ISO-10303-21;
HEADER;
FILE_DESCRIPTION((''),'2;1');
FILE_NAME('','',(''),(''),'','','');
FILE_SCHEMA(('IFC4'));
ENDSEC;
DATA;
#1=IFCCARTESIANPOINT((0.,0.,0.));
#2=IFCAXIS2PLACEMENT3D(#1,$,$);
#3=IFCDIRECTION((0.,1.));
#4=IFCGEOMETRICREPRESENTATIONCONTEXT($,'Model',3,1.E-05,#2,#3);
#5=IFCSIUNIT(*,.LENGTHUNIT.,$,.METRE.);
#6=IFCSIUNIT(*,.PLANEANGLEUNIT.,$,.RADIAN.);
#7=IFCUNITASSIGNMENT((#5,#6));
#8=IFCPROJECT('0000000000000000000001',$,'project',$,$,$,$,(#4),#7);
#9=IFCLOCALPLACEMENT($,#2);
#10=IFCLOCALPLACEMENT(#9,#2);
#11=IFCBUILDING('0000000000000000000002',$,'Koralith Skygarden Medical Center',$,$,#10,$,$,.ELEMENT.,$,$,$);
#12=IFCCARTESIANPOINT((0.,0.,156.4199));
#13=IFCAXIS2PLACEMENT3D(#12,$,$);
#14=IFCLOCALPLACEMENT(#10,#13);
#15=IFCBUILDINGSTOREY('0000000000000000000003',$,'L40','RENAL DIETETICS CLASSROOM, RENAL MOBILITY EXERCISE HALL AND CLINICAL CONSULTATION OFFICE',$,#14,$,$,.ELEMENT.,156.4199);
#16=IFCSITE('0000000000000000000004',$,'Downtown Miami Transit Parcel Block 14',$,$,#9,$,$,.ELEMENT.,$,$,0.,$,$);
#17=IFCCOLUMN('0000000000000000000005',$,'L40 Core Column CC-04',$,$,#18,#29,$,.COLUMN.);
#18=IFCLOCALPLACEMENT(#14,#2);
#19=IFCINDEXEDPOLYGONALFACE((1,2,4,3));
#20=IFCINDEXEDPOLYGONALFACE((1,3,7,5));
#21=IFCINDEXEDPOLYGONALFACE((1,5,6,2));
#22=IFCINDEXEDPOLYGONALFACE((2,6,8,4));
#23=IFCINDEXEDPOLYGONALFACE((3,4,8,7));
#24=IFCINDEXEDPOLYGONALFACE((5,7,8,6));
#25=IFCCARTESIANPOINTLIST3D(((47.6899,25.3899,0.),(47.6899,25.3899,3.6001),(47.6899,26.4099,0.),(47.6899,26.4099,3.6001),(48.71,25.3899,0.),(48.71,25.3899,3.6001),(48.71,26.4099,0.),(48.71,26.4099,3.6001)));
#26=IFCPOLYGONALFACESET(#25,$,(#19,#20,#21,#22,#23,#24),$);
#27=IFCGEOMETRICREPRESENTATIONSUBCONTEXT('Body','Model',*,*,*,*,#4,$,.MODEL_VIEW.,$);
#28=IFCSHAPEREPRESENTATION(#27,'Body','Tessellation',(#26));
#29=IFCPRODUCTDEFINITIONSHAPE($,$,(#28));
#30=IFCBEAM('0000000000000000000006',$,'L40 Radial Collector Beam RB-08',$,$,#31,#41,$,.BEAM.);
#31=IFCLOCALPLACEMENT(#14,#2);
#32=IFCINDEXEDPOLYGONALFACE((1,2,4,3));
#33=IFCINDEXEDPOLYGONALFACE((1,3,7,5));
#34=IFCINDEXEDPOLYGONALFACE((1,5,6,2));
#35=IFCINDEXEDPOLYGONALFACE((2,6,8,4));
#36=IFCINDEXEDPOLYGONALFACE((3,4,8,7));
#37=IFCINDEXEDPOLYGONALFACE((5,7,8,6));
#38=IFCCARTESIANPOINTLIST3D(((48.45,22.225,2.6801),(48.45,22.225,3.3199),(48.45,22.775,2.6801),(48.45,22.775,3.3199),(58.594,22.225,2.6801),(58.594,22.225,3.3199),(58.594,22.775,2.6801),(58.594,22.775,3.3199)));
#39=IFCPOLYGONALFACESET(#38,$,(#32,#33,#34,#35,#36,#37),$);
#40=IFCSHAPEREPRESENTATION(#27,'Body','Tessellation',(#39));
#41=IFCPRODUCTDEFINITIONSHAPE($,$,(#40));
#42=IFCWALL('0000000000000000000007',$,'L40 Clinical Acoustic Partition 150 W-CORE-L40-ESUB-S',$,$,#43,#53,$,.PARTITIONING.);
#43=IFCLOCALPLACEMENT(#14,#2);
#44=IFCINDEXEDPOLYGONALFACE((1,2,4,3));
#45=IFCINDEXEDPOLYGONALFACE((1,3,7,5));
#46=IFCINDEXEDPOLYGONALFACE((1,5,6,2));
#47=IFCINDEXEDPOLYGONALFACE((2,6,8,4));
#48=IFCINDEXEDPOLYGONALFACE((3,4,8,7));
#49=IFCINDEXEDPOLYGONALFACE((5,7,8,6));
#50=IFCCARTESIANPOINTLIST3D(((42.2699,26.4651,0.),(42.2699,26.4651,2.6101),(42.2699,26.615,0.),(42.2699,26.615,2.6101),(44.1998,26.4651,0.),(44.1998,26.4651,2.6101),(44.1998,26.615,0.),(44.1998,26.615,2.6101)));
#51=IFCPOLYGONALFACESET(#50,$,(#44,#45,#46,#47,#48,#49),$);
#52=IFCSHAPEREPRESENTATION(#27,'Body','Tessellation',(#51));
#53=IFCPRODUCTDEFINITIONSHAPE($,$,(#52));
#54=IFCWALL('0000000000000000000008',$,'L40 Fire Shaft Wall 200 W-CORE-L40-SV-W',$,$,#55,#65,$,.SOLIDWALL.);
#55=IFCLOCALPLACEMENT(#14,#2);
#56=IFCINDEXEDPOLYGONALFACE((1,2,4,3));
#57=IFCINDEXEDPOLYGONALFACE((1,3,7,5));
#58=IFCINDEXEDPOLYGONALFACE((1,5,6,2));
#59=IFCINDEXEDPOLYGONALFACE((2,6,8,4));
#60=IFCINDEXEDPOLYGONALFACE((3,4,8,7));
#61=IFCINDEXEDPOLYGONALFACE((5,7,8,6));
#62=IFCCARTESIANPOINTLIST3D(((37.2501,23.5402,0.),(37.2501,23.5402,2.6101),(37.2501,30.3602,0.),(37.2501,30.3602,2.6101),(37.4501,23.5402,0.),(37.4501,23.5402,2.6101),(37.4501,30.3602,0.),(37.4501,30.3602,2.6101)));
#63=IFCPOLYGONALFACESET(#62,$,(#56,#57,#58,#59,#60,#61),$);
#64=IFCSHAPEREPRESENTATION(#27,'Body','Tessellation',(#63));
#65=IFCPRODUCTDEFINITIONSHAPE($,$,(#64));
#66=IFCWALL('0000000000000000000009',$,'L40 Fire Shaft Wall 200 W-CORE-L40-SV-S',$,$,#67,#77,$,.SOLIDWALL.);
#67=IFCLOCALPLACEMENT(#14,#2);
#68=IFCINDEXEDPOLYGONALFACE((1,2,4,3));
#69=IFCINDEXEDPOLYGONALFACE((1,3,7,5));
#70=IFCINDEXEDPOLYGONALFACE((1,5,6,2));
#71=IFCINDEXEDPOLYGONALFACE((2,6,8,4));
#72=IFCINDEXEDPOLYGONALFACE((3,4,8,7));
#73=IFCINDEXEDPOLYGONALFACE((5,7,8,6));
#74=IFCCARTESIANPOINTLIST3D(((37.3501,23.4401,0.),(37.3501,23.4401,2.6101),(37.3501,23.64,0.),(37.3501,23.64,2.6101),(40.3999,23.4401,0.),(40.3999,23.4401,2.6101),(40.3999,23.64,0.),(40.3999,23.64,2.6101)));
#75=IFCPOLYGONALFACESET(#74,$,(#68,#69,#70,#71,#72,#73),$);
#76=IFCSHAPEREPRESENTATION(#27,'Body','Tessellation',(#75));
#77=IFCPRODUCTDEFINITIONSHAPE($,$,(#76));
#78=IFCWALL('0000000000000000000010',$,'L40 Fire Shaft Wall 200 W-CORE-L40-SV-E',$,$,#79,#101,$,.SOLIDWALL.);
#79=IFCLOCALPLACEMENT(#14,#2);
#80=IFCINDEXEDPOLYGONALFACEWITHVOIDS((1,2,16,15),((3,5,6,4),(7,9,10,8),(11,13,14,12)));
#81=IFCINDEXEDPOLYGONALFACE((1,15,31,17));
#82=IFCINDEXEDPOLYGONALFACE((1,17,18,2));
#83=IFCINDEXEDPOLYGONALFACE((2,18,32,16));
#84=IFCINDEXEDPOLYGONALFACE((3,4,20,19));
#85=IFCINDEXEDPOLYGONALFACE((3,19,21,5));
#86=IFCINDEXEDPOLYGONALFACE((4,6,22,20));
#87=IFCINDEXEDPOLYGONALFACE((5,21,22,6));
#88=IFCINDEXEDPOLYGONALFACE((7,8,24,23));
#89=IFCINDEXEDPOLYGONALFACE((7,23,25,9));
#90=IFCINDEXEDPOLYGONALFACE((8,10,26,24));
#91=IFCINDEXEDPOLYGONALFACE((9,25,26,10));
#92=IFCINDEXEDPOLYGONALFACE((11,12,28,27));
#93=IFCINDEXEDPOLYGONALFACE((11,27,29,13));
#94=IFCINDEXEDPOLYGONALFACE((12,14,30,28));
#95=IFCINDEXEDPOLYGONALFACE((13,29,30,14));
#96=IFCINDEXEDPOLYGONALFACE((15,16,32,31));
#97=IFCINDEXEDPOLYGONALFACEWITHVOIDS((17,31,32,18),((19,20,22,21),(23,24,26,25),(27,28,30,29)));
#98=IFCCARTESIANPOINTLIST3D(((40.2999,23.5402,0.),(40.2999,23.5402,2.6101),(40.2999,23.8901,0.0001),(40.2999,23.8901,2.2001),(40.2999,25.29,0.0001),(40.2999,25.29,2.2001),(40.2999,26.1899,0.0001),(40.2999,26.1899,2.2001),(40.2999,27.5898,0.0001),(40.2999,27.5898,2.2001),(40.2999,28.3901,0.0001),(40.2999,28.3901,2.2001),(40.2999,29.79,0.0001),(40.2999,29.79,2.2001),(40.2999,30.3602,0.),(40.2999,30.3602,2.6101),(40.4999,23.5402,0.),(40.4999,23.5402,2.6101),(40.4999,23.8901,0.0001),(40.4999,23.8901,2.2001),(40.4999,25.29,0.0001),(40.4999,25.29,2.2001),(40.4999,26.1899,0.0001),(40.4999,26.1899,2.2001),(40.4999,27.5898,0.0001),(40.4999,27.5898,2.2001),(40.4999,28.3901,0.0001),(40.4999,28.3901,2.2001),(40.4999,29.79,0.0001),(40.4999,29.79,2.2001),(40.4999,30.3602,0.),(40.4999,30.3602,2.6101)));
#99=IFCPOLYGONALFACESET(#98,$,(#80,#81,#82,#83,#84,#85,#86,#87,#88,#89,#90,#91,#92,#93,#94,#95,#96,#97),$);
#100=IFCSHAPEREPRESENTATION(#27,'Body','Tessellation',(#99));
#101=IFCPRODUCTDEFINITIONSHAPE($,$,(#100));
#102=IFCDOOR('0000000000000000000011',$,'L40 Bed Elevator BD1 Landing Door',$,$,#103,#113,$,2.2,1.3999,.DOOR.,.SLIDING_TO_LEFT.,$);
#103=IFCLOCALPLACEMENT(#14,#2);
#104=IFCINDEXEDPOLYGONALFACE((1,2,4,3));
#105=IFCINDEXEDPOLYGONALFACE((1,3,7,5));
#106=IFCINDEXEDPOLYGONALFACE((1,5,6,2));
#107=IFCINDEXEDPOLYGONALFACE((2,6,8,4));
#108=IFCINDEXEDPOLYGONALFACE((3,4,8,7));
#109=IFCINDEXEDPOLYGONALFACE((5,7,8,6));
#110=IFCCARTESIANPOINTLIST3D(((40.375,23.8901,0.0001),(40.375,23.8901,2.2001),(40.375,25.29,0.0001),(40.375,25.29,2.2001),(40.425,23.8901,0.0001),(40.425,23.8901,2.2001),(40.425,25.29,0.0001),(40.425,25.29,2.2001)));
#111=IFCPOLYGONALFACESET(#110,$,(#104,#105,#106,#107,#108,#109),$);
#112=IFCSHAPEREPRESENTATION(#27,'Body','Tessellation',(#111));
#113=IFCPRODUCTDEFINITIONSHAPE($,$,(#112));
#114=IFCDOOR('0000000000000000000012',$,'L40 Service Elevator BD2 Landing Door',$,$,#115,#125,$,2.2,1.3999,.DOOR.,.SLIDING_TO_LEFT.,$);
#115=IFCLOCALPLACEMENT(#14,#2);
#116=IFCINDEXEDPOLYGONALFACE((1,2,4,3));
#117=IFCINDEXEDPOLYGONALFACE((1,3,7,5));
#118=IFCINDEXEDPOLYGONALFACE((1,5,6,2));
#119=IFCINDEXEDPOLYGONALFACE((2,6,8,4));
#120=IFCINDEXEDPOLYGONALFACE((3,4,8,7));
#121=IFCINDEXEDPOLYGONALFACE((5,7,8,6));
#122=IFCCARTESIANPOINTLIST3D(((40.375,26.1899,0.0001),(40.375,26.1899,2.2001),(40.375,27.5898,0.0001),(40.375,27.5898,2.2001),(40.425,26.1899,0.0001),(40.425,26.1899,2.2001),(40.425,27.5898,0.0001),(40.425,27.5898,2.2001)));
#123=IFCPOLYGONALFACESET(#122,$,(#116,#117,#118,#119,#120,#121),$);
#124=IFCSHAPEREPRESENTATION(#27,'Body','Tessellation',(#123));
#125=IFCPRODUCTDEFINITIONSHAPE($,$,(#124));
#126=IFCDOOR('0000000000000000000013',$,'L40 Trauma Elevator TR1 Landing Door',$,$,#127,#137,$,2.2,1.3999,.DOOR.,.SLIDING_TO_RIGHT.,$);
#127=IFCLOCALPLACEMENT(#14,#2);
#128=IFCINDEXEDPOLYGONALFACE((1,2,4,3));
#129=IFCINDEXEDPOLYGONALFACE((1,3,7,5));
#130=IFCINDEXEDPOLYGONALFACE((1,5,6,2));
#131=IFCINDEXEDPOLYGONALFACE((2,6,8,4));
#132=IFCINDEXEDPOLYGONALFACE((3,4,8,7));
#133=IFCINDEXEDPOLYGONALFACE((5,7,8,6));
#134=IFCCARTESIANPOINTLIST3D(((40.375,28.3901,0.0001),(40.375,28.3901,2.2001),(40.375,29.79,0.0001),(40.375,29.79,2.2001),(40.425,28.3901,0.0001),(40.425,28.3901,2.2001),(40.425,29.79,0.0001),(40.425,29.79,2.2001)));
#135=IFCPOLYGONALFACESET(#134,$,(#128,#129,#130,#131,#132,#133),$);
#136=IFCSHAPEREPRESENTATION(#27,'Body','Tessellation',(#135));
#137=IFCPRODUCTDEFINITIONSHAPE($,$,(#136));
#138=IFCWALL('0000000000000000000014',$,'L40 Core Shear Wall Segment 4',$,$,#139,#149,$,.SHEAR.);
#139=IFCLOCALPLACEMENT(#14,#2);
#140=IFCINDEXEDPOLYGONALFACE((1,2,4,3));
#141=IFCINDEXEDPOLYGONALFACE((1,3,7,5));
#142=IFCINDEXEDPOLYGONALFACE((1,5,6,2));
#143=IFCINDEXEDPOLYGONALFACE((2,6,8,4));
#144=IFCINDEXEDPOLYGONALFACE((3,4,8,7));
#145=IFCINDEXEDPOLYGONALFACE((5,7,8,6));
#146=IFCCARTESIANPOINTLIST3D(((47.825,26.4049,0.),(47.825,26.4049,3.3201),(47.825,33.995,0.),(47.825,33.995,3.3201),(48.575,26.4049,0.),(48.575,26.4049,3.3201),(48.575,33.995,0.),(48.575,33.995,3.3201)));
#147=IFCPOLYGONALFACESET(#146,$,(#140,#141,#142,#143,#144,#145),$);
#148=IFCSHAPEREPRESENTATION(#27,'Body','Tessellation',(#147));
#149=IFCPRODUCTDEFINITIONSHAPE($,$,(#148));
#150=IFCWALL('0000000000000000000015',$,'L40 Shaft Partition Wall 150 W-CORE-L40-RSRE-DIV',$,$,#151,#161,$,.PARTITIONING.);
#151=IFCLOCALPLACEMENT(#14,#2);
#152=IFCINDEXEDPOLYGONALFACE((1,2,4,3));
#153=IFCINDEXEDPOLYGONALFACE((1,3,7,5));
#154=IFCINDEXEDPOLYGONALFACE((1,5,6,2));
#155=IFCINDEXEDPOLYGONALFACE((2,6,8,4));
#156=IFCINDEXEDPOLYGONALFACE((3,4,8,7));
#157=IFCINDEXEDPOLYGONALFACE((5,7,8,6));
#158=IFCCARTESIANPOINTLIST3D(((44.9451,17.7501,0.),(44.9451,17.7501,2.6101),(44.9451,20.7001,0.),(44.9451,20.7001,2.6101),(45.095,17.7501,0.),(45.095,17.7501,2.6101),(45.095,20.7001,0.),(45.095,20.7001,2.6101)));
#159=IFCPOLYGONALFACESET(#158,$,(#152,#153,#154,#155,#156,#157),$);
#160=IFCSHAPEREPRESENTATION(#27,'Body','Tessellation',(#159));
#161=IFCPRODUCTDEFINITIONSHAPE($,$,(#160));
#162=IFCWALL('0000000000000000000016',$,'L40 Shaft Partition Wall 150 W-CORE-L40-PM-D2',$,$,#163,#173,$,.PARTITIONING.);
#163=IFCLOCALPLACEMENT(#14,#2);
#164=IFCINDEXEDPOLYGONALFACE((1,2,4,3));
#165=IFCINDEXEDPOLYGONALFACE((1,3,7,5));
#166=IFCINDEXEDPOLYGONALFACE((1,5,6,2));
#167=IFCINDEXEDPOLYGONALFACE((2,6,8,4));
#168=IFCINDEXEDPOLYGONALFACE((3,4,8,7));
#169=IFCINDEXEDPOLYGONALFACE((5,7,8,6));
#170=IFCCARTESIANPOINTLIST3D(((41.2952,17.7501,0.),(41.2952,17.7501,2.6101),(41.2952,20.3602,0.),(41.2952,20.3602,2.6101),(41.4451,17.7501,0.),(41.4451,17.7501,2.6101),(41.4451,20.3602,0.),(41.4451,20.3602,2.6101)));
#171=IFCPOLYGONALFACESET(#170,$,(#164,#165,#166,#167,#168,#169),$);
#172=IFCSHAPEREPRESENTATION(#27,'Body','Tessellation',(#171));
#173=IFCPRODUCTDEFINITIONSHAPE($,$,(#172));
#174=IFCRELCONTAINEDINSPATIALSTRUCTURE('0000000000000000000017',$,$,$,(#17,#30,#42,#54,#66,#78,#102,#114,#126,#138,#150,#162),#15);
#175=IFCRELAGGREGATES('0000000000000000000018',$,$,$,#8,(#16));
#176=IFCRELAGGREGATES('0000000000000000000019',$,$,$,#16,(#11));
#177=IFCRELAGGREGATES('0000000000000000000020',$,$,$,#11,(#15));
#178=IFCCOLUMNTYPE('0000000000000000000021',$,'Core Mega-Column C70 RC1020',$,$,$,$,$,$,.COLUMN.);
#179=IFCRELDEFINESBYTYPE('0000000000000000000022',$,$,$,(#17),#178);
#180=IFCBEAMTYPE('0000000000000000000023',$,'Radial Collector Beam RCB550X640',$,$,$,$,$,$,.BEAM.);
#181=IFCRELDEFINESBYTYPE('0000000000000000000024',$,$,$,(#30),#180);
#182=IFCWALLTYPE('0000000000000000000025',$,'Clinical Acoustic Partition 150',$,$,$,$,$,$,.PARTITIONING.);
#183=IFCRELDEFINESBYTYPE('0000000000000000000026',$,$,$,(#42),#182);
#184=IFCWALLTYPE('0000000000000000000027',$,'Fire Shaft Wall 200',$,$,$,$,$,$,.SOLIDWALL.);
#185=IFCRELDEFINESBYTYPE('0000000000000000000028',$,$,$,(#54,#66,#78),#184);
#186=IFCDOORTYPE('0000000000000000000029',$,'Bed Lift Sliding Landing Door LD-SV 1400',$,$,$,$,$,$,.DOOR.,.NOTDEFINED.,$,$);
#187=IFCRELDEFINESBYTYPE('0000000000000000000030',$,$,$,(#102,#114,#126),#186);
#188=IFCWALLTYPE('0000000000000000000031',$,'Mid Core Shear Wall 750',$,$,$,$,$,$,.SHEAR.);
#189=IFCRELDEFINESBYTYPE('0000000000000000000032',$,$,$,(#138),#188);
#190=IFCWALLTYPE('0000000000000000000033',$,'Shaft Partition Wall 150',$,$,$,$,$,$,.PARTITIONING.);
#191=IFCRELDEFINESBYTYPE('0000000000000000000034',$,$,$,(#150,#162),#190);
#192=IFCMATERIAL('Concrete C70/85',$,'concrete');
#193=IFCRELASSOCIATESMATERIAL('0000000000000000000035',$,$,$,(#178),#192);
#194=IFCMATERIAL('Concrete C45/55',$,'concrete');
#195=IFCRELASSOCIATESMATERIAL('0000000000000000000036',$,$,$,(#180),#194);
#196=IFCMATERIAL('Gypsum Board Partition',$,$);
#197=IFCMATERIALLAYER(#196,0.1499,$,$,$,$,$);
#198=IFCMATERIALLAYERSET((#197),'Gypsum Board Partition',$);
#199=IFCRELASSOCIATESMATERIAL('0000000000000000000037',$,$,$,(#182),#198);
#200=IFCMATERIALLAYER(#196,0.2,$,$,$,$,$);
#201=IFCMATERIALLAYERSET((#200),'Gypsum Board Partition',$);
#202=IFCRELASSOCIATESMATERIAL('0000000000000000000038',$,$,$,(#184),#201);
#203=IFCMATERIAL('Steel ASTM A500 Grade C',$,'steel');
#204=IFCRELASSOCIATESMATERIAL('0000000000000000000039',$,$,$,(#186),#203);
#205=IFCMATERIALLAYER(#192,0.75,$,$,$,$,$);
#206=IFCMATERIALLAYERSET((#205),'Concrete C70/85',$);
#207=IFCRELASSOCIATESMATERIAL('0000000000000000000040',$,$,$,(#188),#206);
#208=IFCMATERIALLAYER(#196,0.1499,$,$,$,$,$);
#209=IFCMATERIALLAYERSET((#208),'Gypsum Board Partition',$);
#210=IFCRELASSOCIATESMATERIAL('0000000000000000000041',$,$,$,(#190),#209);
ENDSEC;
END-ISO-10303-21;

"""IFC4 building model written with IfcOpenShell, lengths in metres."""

from ifc_helpers import new_model, si_unit, direction, frame, frame_2d, origin, origin_2d, place, context, subcontext, project, spatial, rectangle, extrude, material, layer, layer_set, material_profile, profile_set, type_object, element, fill, save


model = new_model("IFC4")

# Units and contexts
model_context = context("Model", 3, precision=1e-05, world=origin(), true_north=direction((0.0, 1.0)))
body_context = subcontext(model_context, "Body", "Model", "MODEL_VIEW")
ifc_project = project(units=[si_unit("LENGTHUNIT", "METRE"), si_unit("PLANEANGLEUNIT", "RADIAN")], contexts=[model_context])

# Site, building, storey
site_placement = place(None, origin())
site = spatial("IfcSite", under=ifc_project, at=site_placement, Name="Downtown Miami Transit Parcel Block 14", CompositionType="ELEMENT", RefElevation=0.0)
building_placement = place(site_placement, origin())
building = spatial("IfcBuilding", under=site, at=building_placement, Name="Koralith Skygarden Medical Center", CompositionType="ELEMENT")
storey_placement = place(building_placement, frame((0.0, 0.0, 156.4199)))
storey = spatial("IfcBuildingStorey", under=building, at=storey_placement, Name="L40", Description="RENAL DIETETICS CLASSROOM, RENAL MOBILITY EXERCISE HALL AND CLINICAL CONSULTATION OFFICE", CompositionType="ELEMENT", Elevation=156.4199)

# Column
ifc_material_1 = material(Name="Concrete C70/85", Category="concrete")
ifc_material_profile_1 = material_profile(ifc_material_1, rectangle(XDim=1.02, YDim=1.02, at=origin_2d()), Name="RC1020X1020")
ifc_profile_set_1 = profile_set([ifc_material_profile_1], Name="Concrete C70/85")
column_type = type_object("IfcColumnType", Name="Core Mega-Column C70 RC1020", PredefinedType="COLUMN", material=ifc_profile_set_1)
column_placement = place(storey_placement, frame((48.2, 25.8999, 0.0), z_axis=(0.0, 0.0, 1.0), x_axis=(1.0, 0.0, 0.0)))
element("IfcColumn", 1, at=column_placement, inside=storey, type_object=column_type, Name="L40 Core Column CC-04", PredefinedType="COLUMN", context=body_context, shape_type="SweptSolid", body=[
    extrude(rectangle(XDim=1.02, YDim=1.02, at=origin_2d()), origin(), (0.0, 0.0, 1.0), 3.6001),
])

# Beam
ifc_material_2 = material(Name="Concrete C45/55", Category="concrete")
ifc_material_profile_2 = material_profile(ifc_material_2, rectangle(XDim=0.55, YDim=0.6399, at=origin_2d()), Name="RCB550X640")
ifc_profile_set_2 = profile_set([ifc_material_profile_2], Name="Concrete C45/55")
beam_type = type_object("IfcBeamType", Name="Radial Collector Beam RCB550X640", PredefinedType="BEAM", material=ifc_profile_set_2)
beam_placement = place(storey_placement, frame((48.45, 22.5, 3.0), z_axis=(1.0, 0.0, 0.0), x_axis=(0.0, 1.0, 0.0)))
element("IfcBeam", 2, at=beam_placement, inside=storey, type_object=beam_type, Name="L40 Radial Collector Beam RB-08", PredefinedType="BEAM", context=body_context, shape_type="SweptSolid", body=[
    extrude(rectangle(XDim=0.55, YDim=0.6399, at=origin_2d()), origin(), (0.0, 0.0, 1.0), 10.144),
])

# Shared definitions
ifc_material_3 = material(Name="Gypsum Board Partition")
ifc_layer_1 = layer(ifc_material_3, 0.1499)
ifc_layer_set_1 = layer_set([ifc_layer_1], Name="Gypsum Board Partition")
wall_type_1 = type_object("IfcWallType", Name="Clinical Acoustic Partition 150", PredefinedType="PARTITIONING", material=ifc_layer_set_1)

# Wall
wall_1_placement = place(storey_placement, frame((42.27, 26.54, 0.0), z_axis=(0.0, 0.0, 1.0), x_axis=(1.0, 0.0, 0.0)))
element("IfcWall", 3, at=wall_1_placement, inside=storey, type_object=wall_type_1, Name="L40 Clinical Acoustic Partition 150 W-CORE-L40-ESUB-S", PredefinedType="PARTITIONING", context=body_context, shape_type="SweptSolid", body=[
    extrude(rectangle(XDim=1.9299, YDim=0.1499, at=frame_2d((0.9648, 0.0))), origin(), (0.0, 0.0, 1.0), 2.6101),
])

# Shared definitions
ifc_layer_2 = layer(ifc_material_3, 0.2)
ifc_layer_set_2 = layer_set([ifc_layer_2], Name="Gypsum Board Partition")
wall_type_2 = type_object("IfcWallType", Name="Fire Shaft Wall 200", PredefinedType="SOLIDWALL", material=ifc_layer_set_2)
ifc_material_4 = material(Name="Steel ASTM A500 Grade C", Category="steel")

# Walls
wall_2_placement = place(storey_placement, frame((37.3501, 23.54, 0.0), z_axis=(0.0, 0.0, 1.0), x_axis=(0.0, 1.0, 0.0)))
element("IfcWall", 4, at=wall_2_placement, inside=storey, type_object=wall_type_2, Name="L40 Fire Shaft Wall 200 W-CORE-L40-SV-W", PredefinedType="SOLIDWALL", context=body_context, shape_type="SweptSolid", body=[
    extrude(rectangle(XDim=6.8201, YDim=0.2, at=frame_2d((3.4102, 0.0))), origin(), (0.0, 0.0, 1.0), 2.6101),
])
wall_3_placement = place(storey_placement, frame((37.3501, 23.54, 0.0), z_axis=(0.0, 0.0, 1.0), x_axis=(1.0, 0.0, 0.0)))
element("IfcWall", 5, at=wall_3_placement, inside=storey, type_object=wall_type_2, Name="L40 Fire Shaft Wall 200 W-CORE-L40-SV-S", PredefinedType="SOLIDWALL", context=body_context, shape_type="SweptSolid", body=[
    extrude(rectangle(XDim=3.0498, YDim=0.2, at=frame_2d((1.5249, 0.0))), origin(), (0.0, 0.0, 1.0), 2.6101),
])

# Wall, openings, doors
wall_4_placement = place(storey_placement, frame((40.3999, 23.54, 0.0), z_axis=(0.0, 0.0, 1.0), x_axis=(0.0, 1.0, 0.0)))
wall_4 = element("IfcWall", 6, at=wall_4_placement, inside=storey, type_object=wall_type_2, Name="L40 Fire Shaft Wall 200 W-CORE-L40-SV-E", PredefinedType="SOLIDWALL", context=body_context, shape_type="SweptSolid", body=[
    extrude(rectangle(XDim=6.8201, YDim=0.2, at=frame_2d((3.4102, 0.0))), origin(), (0.0, 0.0, 1.0), 2.6101),
])
opening_1_placement = place(wall_4_placement, frame((0.3501, 0.0, 0.0)))
opening_1 = element("IfcOpeningElement", 7, at=opening_1_placement, cuts=wall_4, PredefinedType="OPENING", context=body_context, shape_type="SweptSolid", body=[
    extrude(rectangle(XDim=1.3999, YDim=2.2, at=frame_2d((0.7, 1.1001))), frame((0.0, 0.1099, 0.0), z_axis=(0.0, -1.0, 0.0), x_axis=(1.0, 0.0, 0.0)), (0.0, 0.0, 1.0), 0.22),
])
opening_2_placement = place(wall_4_placement, frame((2.6499, 0.0, 0.0)))
opening_2 = element("IfcOpeningElement", 8, at=opening_2_placement, cuts=wall_4, PredefinedType="OPENING", context=body_context, shape_type="SweptSolid", body=[
    extrude(rectangle(XDim=1.3999, YDim=2.2, at=frame_2d((0.7, 1.1001))), frame((0.0, 0.1099, 0.0), z_axis=(0.0, -1.0, 0.0), x_axis=(1.0, 0.0, 0.0)), (0.0, 0.0, 1.0), 0.22),
])
opening_3_placement = place(wall_4_placement, frame((4.8501, 0.0, 0.0)))
opening_3 = element("IfcOpeningElement", 9, at=opening_3_placement, cuts=wall_4, PredefinedType="OPENING", context=body_context, shape_type="SweptSolid", body=[
    extrude(rectangle(XDim=1.3999, YDim=2.2, at=frame_2d((0.7, 1.1001))), frame((0.0, 0.1099, 0.0), z_axis=(0.0, -1.0, 0.0), x_axis=(1.0, 0.0, 0.0)), (0.0, 0.0, 1.0), 0.22),
])
door_type_1 = type_object("IfcDoorType", Name="Bed Lift Sliding Landing Door LD-SV 1400", OperationType="NOTDEFINED", PredefinedType="DOOR", material=ifc_material_4)
door_1_placement = place(opening_1_placement, origin())
door_1 = element("IfcDoor", 10, at=door_1_placement, inside=storey, type_object=door_type_1, Name="L40 Bed Elevator BD1 Landing Door", OperationType="SLIDING_TO_LEFT", OverallHeight=2.2, OverallWidth=1.3999, PredefinedType="DOOR", context=body_context, shape_type="SweptSolid", body=[
    extrude(rectangle(XDim=1.3999, YDim=2.2, at=frame_2d((0.7, 1.1001))), frame((0.0, 0.0249, 0.0), z_axis=(0.0, -1.0, 0.0), x_axis=(1.0, 0.0, 0.0)), (0.0, 0.0, 1.0), 0.05),
])
fill(opening_1, door_1)
door_2_placement = place(opening_2_placement, origin())
door_2 = element("IfcDoor", 11, at=door_2_placement, inside=storey, type_object=door_type_1, Name="L40 Service Elevator BD2 Landing Door", OperationType="SLIDING_TO_LEFT", OverallHeight=2.2, OverallWidth=1.3999, PredefinedType="DOOR", context=body_context, shape_type="SweptSolid", body=[
    extrude(rectangle(XDim=1.3999, YDim=2.2, at=frame_2d((0.7, 1.1001))), frame((0.0, 0.0249, 0.0), z_axis=(0.0, -1.0, 0.0), x_axis=(1.0, 0.0, 0.0)), (0.0, 0.0, 1.0), 0.05),
])
fill(opening_2, door_2)
door_3_placement = place(opening_3_placement, origin())
door_3 = element("IfcDoor", 12, at=door_3_placement, inside=storey, type_object=door_type_1, Name="L40 Trauma Elevator TR1 Landing Door", OperationType="SLIDING_TO_RIGHT", OverallHeight=2.2, OverallWidth=1.3999, PredefinedType="DOOR", context=body_context, shape_type="SweptSolid", body=[
    extrude(rectangle(XDim=1.3999, YDim=2.2, at=frame_2d((0.7, 1.1001))), frame((0.0, 0.0249, 0.0), z_axis=(0.0, -1.0, 0.0), x_axis=(1.0, 0.0, 0.0)), (0.0, 0.0, 1.0), 0.05),
])
fill(opening_3, door_3)

# Shared definitions
ifc_layer_3 = layer(ifc_material_1, 0.75)
ifc_layer_set_3 = layer_set([ifc_layer_3], Name="Concrete C70/85")
wall_type_3 = type_object("IfcWallType", Name="Mid Core Shear Wall 750", PredefinedType="SHEAR", material=ifc_layer_set_3)

# Walls
wall_5_placement = place(storey_placement, frame((48.2, 26.405, 0.0), z_axis=(0.0, 0.0, 1.0), x_axis=(0.0, 1.0, 0.0)))
element("IfcWall", 13, at=wall_5_placement, inside=storey, type_object=wall_type_3, Name="L40 Core Shear Wall Segment 4", PredefinedType="SHEAR", context=body_context, shape_type="SweptSolid", body=[
    extrude(rectangle(XDim=7.5901, YDim=0.75, at=frame_2d((3.7949, 0.0))), origin(), (0.0, 0.0, 1.0), 3.3201),
])
ifc_layer_4 = layer(ifc_material_3, 0.1499)
ifc_layer_set_4 = layer_set([ifc_layer_4], Name="Gypsum Board Partition")
wall_type_4 = type_object("IfcWallType", Name="Shaft Partition Wall 150", PredefinedType="PARTITIONING", material=ifc_layer_set_4)
wall_6_placement = place(storey_placement, frame((45.02, 17.75, 0.0), z_axis=(0.0, 0.0, 1.0), x_axis=(0.0, 1.0, 0.0)))
element("IfcWall", 14, at=wall_6_placement, inside=storey, type_object=wall_type_4, Name="L40 Shaft Partition Wall 150 W-CORE-L40-RSRE-DIV", PredefinedType="PARTITIONING", context=body_context, shape_type="SweptSolid", body=[
    extrude(rectangle(XDim=2.95, YDim=0.1499, at=frame_2d((1.4751, 0.0))), origin(), (0.0, 0.0, 1.0), 2.6101),
])
wall_7_placement = place(storey_placement, frame((41.3701, 17.75, 0.0), z_axis=(0.0, 0.0, 1.0), x_axis=(0.0, 1.0, 0.0)))
element("IfcWall", 15, at=wall_7_placement, inside=storey, type_object=wall_type_4, Name="L40 Shaft Partition Wall 150 W-CORE-L40-PM-D2", PredefinedType="PARTITIONING", context=body_context, shape_type="SweptSolid", body=[
    extrude(rectangle(XDim=2.6101, YDim=0.1499, at=frame_2d((1.3052, 0.0))), origin(), (0.0, 0.0, 1.0), 2.6101),
])

save(model, "model.ifc")
